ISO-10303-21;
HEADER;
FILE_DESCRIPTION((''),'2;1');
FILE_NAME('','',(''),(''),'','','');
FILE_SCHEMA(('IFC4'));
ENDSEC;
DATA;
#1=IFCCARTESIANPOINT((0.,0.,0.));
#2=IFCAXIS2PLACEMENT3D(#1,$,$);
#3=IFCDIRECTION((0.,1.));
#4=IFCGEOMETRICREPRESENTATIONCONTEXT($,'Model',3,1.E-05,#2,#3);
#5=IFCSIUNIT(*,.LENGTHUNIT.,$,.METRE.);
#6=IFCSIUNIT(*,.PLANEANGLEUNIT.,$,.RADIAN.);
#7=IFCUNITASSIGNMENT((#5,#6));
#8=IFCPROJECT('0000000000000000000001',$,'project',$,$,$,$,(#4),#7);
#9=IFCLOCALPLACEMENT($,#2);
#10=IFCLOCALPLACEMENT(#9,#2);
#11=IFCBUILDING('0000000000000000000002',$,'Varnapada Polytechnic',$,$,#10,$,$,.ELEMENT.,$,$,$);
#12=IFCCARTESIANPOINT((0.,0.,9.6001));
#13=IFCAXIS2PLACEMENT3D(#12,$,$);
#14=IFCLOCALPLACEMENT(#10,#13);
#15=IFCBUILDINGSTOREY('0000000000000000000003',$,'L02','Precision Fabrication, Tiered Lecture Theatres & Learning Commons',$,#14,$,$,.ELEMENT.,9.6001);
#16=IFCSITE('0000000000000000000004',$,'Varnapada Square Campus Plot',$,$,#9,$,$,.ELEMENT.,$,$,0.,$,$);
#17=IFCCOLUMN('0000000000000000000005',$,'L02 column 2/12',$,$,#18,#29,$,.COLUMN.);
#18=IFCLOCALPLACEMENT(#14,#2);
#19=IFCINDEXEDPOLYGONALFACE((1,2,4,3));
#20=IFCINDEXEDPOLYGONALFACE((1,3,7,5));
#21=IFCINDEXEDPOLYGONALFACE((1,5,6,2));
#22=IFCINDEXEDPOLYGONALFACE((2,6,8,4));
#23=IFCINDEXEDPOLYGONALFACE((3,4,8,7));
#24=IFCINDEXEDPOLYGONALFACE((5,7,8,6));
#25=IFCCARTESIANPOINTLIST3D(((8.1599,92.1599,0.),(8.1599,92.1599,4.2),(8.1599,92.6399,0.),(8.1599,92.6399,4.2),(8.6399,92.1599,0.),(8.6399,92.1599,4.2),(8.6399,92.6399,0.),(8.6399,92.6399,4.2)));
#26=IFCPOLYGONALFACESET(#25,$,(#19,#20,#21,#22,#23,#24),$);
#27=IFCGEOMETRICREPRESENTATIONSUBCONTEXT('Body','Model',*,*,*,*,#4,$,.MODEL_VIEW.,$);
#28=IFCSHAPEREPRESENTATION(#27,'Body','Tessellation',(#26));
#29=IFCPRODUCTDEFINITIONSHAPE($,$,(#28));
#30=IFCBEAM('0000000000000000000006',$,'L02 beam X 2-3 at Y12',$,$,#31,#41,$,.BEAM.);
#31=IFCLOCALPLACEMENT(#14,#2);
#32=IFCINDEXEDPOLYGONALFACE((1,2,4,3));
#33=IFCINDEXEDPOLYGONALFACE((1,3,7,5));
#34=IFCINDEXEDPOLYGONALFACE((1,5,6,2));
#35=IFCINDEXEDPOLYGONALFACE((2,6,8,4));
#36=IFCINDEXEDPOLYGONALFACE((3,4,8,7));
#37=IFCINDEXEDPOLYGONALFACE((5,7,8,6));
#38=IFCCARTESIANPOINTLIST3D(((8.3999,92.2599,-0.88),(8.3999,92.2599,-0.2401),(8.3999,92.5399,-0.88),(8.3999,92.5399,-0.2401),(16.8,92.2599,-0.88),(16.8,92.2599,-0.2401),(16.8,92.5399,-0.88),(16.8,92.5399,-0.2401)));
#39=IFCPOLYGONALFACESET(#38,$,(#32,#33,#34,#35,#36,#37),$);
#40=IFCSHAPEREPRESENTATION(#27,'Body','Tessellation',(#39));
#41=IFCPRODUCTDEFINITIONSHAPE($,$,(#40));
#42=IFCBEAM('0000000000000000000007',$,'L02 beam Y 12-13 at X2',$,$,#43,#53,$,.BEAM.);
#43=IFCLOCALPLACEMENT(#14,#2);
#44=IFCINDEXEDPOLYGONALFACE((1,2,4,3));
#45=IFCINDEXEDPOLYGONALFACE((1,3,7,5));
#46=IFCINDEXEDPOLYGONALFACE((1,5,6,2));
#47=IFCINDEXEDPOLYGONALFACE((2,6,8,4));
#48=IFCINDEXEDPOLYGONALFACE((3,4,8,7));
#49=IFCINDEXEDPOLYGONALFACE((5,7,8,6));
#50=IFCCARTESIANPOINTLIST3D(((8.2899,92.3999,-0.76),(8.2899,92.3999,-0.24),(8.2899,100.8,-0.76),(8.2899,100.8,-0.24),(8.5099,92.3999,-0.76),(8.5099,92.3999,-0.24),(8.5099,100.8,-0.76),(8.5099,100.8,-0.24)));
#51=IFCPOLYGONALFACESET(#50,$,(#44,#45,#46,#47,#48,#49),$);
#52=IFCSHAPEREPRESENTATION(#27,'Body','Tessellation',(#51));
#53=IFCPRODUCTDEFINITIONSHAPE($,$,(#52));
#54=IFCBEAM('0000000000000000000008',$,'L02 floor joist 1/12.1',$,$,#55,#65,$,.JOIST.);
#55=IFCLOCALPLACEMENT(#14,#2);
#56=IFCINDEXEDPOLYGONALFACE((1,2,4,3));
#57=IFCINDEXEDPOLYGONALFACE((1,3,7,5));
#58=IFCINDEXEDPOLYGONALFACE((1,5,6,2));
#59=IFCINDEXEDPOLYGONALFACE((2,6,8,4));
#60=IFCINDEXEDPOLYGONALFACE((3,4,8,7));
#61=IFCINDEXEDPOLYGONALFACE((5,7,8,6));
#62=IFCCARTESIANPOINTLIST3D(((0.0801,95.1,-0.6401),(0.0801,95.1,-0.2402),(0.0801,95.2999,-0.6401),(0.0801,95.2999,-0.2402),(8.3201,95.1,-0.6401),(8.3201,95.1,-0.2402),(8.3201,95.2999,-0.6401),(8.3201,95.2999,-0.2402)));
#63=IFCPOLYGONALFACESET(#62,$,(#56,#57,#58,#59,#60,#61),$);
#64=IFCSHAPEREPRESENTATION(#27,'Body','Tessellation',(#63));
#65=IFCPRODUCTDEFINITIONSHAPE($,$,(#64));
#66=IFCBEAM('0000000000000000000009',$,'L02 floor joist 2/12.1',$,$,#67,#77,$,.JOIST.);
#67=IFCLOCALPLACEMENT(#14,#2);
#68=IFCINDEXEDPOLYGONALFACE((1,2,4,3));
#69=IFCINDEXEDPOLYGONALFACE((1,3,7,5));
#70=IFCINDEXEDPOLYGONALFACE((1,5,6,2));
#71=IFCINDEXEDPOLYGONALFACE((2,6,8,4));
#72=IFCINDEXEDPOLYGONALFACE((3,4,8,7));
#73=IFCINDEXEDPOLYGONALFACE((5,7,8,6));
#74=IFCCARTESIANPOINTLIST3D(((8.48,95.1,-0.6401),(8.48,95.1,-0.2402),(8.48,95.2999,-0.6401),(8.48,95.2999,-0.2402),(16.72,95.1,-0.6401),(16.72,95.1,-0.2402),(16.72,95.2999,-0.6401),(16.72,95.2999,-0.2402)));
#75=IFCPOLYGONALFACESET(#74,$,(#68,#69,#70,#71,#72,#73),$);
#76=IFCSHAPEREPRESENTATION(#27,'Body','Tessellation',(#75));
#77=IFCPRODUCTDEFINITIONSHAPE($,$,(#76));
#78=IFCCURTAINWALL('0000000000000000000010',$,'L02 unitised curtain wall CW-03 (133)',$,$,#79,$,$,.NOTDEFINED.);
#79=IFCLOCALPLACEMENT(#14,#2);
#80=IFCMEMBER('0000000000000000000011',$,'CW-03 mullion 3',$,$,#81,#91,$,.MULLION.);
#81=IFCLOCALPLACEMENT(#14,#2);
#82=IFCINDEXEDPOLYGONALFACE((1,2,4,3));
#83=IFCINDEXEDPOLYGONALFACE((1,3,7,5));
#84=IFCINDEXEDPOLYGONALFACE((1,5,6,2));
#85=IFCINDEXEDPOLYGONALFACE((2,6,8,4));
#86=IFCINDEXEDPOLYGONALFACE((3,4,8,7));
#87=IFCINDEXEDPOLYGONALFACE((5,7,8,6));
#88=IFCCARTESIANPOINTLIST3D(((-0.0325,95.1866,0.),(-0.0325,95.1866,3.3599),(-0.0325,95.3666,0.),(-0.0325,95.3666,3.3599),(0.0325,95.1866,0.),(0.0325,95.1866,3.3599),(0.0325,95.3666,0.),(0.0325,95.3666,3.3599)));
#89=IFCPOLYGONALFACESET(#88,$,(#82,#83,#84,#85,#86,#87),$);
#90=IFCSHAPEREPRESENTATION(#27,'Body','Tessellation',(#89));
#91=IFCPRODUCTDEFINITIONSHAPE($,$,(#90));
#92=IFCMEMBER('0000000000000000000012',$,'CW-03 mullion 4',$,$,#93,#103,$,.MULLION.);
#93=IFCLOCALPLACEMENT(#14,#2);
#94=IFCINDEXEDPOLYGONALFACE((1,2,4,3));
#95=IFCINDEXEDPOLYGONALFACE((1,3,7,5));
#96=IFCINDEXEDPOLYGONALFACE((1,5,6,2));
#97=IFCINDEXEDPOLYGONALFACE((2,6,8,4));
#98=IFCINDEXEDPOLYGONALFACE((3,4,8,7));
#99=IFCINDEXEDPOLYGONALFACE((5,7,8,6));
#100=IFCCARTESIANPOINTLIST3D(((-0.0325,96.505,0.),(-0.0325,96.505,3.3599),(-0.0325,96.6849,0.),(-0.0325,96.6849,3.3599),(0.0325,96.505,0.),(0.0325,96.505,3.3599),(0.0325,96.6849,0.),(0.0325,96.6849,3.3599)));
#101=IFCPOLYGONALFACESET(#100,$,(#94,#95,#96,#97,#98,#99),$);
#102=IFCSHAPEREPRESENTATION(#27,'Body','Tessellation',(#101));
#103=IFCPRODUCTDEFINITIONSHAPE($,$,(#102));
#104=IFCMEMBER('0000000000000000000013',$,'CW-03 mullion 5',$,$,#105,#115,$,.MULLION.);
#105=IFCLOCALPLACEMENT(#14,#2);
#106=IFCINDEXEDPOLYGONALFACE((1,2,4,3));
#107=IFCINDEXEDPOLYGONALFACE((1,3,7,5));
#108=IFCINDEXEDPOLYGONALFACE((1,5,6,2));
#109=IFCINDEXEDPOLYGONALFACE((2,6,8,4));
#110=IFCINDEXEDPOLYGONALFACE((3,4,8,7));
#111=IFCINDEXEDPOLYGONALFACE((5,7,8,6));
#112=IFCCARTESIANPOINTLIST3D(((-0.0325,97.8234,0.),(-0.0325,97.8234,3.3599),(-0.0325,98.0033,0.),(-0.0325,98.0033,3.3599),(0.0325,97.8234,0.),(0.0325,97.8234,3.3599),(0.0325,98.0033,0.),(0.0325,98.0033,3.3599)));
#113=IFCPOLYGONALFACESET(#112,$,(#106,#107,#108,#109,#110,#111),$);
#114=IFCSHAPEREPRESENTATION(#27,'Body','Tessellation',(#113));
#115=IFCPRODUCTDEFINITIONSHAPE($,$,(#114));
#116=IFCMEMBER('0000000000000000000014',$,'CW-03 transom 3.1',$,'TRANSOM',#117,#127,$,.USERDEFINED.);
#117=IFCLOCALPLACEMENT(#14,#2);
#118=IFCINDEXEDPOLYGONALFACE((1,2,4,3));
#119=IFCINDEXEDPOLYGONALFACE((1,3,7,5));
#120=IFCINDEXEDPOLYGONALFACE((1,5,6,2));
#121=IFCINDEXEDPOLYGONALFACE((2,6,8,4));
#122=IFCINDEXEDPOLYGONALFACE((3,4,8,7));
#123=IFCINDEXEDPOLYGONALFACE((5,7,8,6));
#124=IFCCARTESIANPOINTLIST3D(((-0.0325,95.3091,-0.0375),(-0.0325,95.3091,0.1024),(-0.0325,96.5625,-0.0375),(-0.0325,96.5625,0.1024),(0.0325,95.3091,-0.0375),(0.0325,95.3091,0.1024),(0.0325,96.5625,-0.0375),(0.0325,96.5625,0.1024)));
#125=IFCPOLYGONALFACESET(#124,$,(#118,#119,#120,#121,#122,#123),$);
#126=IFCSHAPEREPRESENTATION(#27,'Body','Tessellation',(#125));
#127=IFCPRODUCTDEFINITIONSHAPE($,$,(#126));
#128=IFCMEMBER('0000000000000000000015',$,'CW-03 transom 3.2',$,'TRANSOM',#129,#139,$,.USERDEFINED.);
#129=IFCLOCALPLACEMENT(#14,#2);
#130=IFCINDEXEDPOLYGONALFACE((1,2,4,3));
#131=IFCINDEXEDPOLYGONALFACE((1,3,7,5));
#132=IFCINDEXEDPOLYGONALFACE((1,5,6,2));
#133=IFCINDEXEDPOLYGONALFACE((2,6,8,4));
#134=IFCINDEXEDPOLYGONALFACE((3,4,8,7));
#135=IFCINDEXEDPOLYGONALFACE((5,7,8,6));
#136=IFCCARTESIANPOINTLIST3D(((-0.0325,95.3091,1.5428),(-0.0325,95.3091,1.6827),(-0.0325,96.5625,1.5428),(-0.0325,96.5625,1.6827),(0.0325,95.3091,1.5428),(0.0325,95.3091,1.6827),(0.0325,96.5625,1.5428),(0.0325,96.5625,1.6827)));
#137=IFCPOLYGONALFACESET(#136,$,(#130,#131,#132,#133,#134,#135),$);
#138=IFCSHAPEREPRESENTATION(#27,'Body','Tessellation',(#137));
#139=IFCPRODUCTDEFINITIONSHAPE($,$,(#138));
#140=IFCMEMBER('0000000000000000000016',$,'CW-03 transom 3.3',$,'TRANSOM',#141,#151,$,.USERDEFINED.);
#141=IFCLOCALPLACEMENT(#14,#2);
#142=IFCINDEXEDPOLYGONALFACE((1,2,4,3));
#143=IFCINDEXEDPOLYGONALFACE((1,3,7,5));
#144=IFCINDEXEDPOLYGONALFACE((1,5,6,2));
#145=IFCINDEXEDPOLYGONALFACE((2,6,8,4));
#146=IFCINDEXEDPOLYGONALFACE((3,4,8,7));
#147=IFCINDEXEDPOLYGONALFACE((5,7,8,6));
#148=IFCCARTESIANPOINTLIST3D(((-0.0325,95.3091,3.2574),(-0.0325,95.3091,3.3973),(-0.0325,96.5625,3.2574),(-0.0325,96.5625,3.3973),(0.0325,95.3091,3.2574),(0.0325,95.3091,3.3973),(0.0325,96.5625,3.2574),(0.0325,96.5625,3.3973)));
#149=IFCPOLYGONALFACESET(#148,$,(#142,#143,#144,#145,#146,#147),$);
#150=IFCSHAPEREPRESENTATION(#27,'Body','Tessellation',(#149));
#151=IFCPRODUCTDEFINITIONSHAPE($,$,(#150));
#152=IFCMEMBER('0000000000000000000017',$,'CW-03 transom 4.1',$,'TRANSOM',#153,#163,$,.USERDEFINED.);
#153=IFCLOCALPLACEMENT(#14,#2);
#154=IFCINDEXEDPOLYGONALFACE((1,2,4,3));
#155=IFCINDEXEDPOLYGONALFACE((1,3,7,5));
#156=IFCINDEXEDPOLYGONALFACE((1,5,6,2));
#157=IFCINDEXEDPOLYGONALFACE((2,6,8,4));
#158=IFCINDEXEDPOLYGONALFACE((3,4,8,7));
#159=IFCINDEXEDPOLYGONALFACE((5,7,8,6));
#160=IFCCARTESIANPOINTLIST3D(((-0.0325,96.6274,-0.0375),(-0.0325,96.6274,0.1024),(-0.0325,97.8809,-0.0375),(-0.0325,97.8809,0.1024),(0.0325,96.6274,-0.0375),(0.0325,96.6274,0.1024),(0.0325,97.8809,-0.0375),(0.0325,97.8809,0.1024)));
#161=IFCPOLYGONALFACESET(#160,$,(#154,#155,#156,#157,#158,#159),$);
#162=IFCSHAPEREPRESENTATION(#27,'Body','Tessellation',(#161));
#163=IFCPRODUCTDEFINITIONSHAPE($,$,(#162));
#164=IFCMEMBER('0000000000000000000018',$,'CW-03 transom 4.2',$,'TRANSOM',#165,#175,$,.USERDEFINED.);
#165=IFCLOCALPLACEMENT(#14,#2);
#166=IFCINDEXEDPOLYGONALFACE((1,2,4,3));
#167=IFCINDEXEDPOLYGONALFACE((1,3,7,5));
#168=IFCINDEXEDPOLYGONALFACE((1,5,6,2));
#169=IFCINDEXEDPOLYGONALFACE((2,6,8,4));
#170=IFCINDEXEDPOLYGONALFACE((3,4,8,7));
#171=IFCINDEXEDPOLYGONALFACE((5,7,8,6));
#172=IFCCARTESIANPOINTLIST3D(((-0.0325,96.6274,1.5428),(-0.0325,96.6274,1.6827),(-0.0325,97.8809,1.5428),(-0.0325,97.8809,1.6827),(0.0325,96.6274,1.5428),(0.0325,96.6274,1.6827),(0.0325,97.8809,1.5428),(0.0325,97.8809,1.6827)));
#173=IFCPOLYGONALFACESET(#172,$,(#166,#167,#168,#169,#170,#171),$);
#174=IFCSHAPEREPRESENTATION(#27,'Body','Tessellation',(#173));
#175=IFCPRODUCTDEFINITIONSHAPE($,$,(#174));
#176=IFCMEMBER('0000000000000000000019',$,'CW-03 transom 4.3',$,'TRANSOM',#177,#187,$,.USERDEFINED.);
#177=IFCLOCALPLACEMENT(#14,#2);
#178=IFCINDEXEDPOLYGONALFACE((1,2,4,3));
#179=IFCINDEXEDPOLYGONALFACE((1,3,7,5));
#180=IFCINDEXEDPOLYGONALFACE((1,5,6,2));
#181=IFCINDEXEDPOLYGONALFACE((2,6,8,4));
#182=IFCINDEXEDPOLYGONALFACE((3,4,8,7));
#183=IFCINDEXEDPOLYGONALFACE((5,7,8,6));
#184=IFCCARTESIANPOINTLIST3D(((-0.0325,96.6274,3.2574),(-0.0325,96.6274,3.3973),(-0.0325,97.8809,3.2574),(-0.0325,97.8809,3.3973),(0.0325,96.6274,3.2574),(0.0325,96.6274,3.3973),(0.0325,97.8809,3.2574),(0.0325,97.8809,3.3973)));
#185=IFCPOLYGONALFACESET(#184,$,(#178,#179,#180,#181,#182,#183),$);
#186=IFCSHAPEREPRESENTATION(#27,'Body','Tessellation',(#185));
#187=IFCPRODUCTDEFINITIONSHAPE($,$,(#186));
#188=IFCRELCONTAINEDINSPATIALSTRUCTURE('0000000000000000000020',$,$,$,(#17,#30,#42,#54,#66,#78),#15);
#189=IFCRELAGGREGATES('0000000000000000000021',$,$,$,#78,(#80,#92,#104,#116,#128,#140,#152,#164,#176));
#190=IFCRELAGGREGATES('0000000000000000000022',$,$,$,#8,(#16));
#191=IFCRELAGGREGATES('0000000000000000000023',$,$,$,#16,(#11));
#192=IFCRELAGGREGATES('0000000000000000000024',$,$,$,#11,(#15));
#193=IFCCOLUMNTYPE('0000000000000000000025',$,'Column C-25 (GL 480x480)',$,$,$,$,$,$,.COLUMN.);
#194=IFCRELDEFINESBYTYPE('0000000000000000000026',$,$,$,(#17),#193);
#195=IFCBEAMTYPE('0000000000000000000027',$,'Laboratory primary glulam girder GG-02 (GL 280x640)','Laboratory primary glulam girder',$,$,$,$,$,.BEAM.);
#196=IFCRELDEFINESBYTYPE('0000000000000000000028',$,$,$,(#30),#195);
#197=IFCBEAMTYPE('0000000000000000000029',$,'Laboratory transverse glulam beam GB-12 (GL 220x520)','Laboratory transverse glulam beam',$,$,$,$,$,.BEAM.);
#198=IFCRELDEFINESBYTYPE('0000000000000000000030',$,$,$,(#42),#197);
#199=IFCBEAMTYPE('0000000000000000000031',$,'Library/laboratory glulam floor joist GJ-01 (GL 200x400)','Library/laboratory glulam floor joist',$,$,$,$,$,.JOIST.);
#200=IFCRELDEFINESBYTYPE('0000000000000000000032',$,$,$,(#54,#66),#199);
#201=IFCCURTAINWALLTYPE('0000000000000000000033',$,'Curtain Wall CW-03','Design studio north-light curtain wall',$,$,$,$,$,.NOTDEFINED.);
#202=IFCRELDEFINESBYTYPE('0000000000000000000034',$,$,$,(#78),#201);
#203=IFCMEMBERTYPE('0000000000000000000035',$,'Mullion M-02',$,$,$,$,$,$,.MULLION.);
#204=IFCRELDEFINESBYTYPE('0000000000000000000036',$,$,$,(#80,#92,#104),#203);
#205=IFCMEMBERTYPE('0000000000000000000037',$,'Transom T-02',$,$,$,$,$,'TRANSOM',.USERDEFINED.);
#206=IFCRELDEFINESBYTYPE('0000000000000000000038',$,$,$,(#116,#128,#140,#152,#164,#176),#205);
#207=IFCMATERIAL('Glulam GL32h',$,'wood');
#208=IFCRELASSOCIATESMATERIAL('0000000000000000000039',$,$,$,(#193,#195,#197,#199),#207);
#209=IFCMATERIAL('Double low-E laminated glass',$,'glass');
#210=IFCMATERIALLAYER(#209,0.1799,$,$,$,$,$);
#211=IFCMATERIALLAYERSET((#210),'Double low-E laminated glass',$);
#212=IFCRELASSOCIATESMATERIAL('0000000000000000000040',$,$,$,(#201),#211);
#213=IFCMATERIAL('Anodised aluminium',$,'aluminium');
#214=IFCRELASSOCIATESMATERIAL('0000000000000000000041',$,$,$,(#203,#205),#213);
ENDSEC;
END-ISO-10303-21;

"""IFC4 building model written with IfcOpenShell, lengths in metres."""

from ifc_helpers import new_model, si_unit, direction, frame, origin, origin_2d, place, context, subcontext, project, spatial, rectangle, extrude, material, layer, layer_set, material_profile, profile_set, type_object, element, aggregate, save


model = new_model("IFC4")

# Units and contexts
model_context = context("Model", 3, precision=1e-05, world=origin(), true_north=direction((0.0, 1.0)))
body_context = subcontext(model_context, "Body", "Model", "MODEL_VIEW")
ifc_project = project(units=[si_unit("LENGTHUNIT", "METRE"), si_unit("PLANEANGLEUNIT", "RADIAN")], contexts=[model_context])

# Site, building, storey
site_placement = place(None, origin())
site = spatial("IfcSite", under=ifc_project, at=site_placement, Name="Varnapada Square Campus Plot", CompositionType="ELEMENT", RefElevation=0.0)
building_placement = place(site_placement, origin())
building = spatial("IfcBuilding", under=site, at=building_placement, Name="Varnapada Polytechnic", CompositionType="ELEMENT")
storey_placement = place(building_placement, frame((0.0, 0.0, 9.6001)))
storey = spatial("IfcBuildingStorey", under=building, at=storey_placement, Name="L02", Description="Precision Fabrication, Tiered Lecture Theatres & Learning Commons", CompositionType="ELEMENT", Elevation=9.6001)

# Column
ifc_material_1 = material(Name="Glulam GL32h", Category="wood")
ifc_material_profile_1 = material_profile(ifc_material_1, rectangle(XDim=0.48, YDim=0.48, at=origin_2d()), Name="GL 480x480")
ifc_profile_set_1 = profile_set([ifc_material_profile_1], Name="Glulam GL32h")
column_type = type_object("IfcColumnType", Name="Column C-25 (GL 480x480)", PredefinedType="COLUMN", material=ifc_profile_set_1)
column_placement = place(storey_placement, frame((8.3999, 92.3999, 0.0), z_axis=(0.0, 0.0, 1.0), x_axis=(1.0, 0.0, 0.0)))
element("IfcColumn", 1, at=column_placement, inside=storey, type_object=column_type, Name="L02 column 2/12", PredefinedType="COLUMN", context=body_context, shape_type="SweptSolid", body=[
    extrude(rectangle(XDim=0.48, YDim=0.48, at=origin_2d()), origin(), (0.0, 0.0, 1.0), 4.2),
])

# Beams
ifc_material_profile_2 = material_profile(ifc_material_1, rectangle(XDim=0.28, YDim=0.6399, at=origin_2d()), Name="GL 280x640")
ifc_profile_set_2 = profile_set([ifc_material_profile_2], Name="Glulam GL32h")
beam_type_1 = type_object("IfcBeamType", Name="Laboratory primary glulam girder GG-02 (GL 280x640)", Description="Laboratory primary glulam girder", PredefinedType="BEAM", material=ifc_profile_set_2)
beam_1_placement = place(storey_placement, frame((8.3999, 92.3999, -0.5601), z_axis=(1.0, 0.0, 0.0), x_axis=(0.0, 1.0, 0.0)))
element("IfcBeam", 2, at=beam_1_placement, inside=storey, type_object=beam_type_1, Name="L02 beam X 2-3 at Y12", PredefinedType="BEAM", context=body_context, shape_type="SweptSolid", body=[
    extrude(rectangle(XDim=0.28, YDim=0.6399, at=origin_2d()), origin(), (0.0, 0.0, 1.0), 8.4001),
])
ifc_material_profile_3 = material_profile(ifc_material_1, rectangle(XDim=0.22, YDim=0.52, at=origin_2d()), Name="GL 220x520")
ifc_profile_set_3 = profile_set([ifc_material_profile_3], Name="Glulam GL32h")
beam_type_2 = type_object("IfcBeamType", Name="Laboratory transverse glulam beam GB-12 (GL 220x520)", Description="Laboratory transverse glulam beam", PredefinedType="BEAM", material=ifc_profile_set_3)
beam_2_placement = place(storey_placement, frame((8.3999, 92.3999, -0.5), z_axis=(0.0, 1.0, 0.0), x_axis=(-1.0, 0.0, 0.0)))
element("IfcBeam", 3, at=beam_2_placement, inside=storey, type_object=beam_type_2, Name="L02 beam Y 12-13 at X2", PredefinedType="BEAM", context=body_context, shape_type="SweptSolid", body=[
    extrude(rectangle(XDim=0.22, YDim=0.52, at=origin_2d()), origin(), (0.0, 0.0, 1.0), 8.4001),
])
ifc_material_profile_4 = material_profile(ifc_material_1, rectangle(XDim=0.2, YDim=0.3999, at=origin_2d()), Name="GL 200x400")
ifc_profile_set_4 = profile_set([ifc_material_profile_4], Name="Glulam GL32h")
beam_type_3 = type_object("IfcBeamType", Name="Library/laboratory glulam floor joist GJ-01 (GL 200x400)", Description="Library/laboratory glulam floor joist", PredefinedType="JOIST", material=ifc_profile_set_4)
for number, where, z_axis, x_axis, name in (
    (4, (0.0801, 95.2, -0.4402), (1.0, 0.0, 0.0), (0.0, 1.0, 0.0), "L02 floor joist 1/12.1"),
    (5, (8.48, 95.2, -0.4402), (1.0, 0.0, 0.0), (0.0, 1.0, 0.0), "L02 floor joist 2/12.1"),
):
    element("IfcBeam", number, at=place(storey_placement, frame(where, z_axis=z_axis, x_axis=x_axis)), inside=storey, type_object=beam_type_3, Name=name, PredefinedType="JOIST", context=body_context, shape_type="SweptSolid", body=[
        extrude(rectangle(XDim=0.2, YDim=0.3999, at=origin_2d()), origin(), (0.0, 0.0, 1.0), 8.24),
    ])

# Curtain wall, members
ifc_material_2 = material(Name="Double low-E laminated glass", Category="glass")
ifc_layer_1 = layer(ifc_material_2, 0.1799)
ifc_layer_set_1 = layer_set([ifc_layer_1], Name="Double low-E laminated glass")
curtain_wall_type = type_object("IfcCurtainWallType", Name="Curtain Wall CW-03", Description="Design studio north-light curtain wall", PredefinedType="NOTDEFINED", material=ifc_layer_set_1)
curtain_wall_placement = place(storey_placement, origin())
curtain_wall = element("IfcCurtainWall", 6, at=curtain_wall_placement, inside=storey, type_object=curtain_wall_type, Name="L02 unitised curtain wall CW-03 (133)", PredefinedType="NOTDEFINED")
ifc_material_3 = material(Name="Anodised aluminium", Category="aluminium")
ifc_material_profile_5 = material_profile(ifc_material_3, rectangle(XDim=0.0649, YDim=0.1799, at=origin_2d()), Name="ALU M65x180")
ifc_profile_set_5 = profile_set([ifc_material_profile_5], Name="Anodised aluminium")
member_type_1 = type_object("IfcMemberType", Name="Mullion M-02", PredefinedType="MULLION", material=ifc_profile_set_5)
member_1_placement = place(storey_placement, frame((0.0, 95.2766, 0.0), z_axis=(0.0, 0.0, 1.0), x_axis=(-1.0, 0.0, 0.0)))
member_1 = element("IfcMember", 7, at=member_1_placement, type_object=member_type_1, Name="CW-03 mullion 3", PredefinedType="MULLION", context=body_context, shape_type="SweptSolid", body=[
    extrude(rectangle(XDim=0.0649, YDim=0.1799, at=origin_2d()), origin(), (0.0, 0.0, 1.0), 3.3599),
])
member_2_placement = place(storey_placement, frame((0.0, 96.595, 0.0), z_axis=(0.0, 0.0, 1.0), x_axis=(-1.0, 0.0, 0.0)))
member_2 = element("IfcMember", 8, at=member_2_placement, type_object=member_type_1, Name="CW-03 mullion 4", PredefinedType="MULLION", context=body_context, shape_type="SweptSolid", body=[
    extrude(rectangle(XDim=0.0649, YDim=0.1799, at=origin_2d()), origin(), (0.0, 0.0, 1.0), 3.3599),
])
member_3_placement = place(storey_placement, frame((0.0, 97.9133, 0.0), z_axis=(0.0, 0.0, 1.0), x_axis=(-1.0, 0.0, 0.0)))
member_3 = element("IfcMember", 9, at=member_3_placement, type_object=member_type_1, Name="CW-03 mullion 5", PredefinedType="MULLION", context=body_context, shape_type="SweptSolid", body=[
    extrude(rectangle(XDim=0.0649, YDim=0.1799, at=origin_2d()), origin(), (0.0, 0.0, 1.0), 3.3599),
])
ifc_material_profile_6 = material_profile(ifc_material_3, rectangle(XDim=0.0649, YDim=0.1399, at=origin_2d()), Name="ALU T65x140")
ifc_profile_set_6 = profile_set([ifc_material_profile_6], Name="Anodised aluminium")
member_type_2 = type_object("IfcMemberType", Name="Transom T-02", ElementType="TRANSOM", PredefinedType="USERDEFINED", material=ifc_profile_set_6)
member_4_placement = place(storey_placement, frame((0.0, 95.3091, 0.0325), z_axis=(0.0, 1.0, 0.0), x_axis=(-1.0, 0.0, 0.0)))
member_4 = element("IfcMember", 10, at=member_4_placement, type_object=member_type_2, Name="CW-03 transom 3.1", ObjectType="TRANSOM", PredefinedType="USERDEFINED", context=body_context, shape_type="SweptSolid", body=[
    extrude(rectangle(XDim=0.0649, YDim=0.1399, at=origin_2d()), origin(), (0.0, 0.0, 1.0), 1.2534),
])
member_5_placement = place(storey_placement, frame((0.0, 95.3091, 1.6128), z_axis=(0.0, 1.0, 0.0), x_axis=(-1.0, 0.0, 0.0)))
member_5 = element("IfcMember", 11, at=member_5_placement, type_object=member_type_2, Name="CW-03 transom 3.2", ObjectType="TRANSOM", PredefinedType="USERDEFINED", context=body_context, shape_type="SweptSolid", body=[
    extrude(rectangle(XDim=0.0649, YDim=0.1399, at=origin_2d()), origin(), (0.0, 0.0, 1.0), 1.2534),
])
member_6_placement = place(storey_placement, frame((0.0, 95.3091, 3.3274), z_axis=(0.0, 1.0, 0.0), x_axis=(-1.0, 0.0, 0.0)))
member_6 = element("IfcMember", 12, at=member_6_placement, type_object=member_type_2, Name="CW-03 transom 3.3", ObjectType="TRANSOM", PredefinedType="USERDEFINED", context=body_context, shape_type="SweptSolid", body=[
    extrude(rectangle(XDim=0.0649, YDim=0.1399, at=origin_2d()), origin(), (0.0, 0.0, 1.0), 1.2534),
])
member_7_placement = place(storey_placement, frame((0.0, 96.6274, 0.0325), z_axis=(0.0, 1.0, 0.0), x_axis=(-1.0, 0.0, 0.0)))
member_7 = element("IfcMember", 13, at=member_7_placement, type_object=member_type_2, Name="CW-03 transom 4.1", ObjectType="TRANSOM", PredefinedType="USERDEFINED", context=body_context, shape_type="SweptSolid", body=[
    extrude(rectangle(XDim=0.0649, YDim=0.1399, at=origin_2d()), origin(), (0.0, 0.0, 1.0), 1.2534),
])
member_8_placement = place(storey_placement, frame((0.0, 96.6274, 1.6128), z_axis=(0.0, 1.0, 0.0), x_axis=(-1.0, 0.0, 0.0)))
member_8 = element("IfcMember", 14, at=member_8_placement, type_object=member_type_2, Name="CW-03 transom 4.2", ObjectType="TRANSOM", PredefinedType="USERDEFINED", context=body_context, shape_type="SweptSolid", body=[
    extrude(rectangle(XDim=0.0649, YDim=0.1399, at=origin_2d()), origin(), (0.0, 0.0, 1.0), 1.2534),
])
member_9_placement = place(storey_placement, frame((0.0, 96.6274, 3.3274), z_axis=(0.0, 1.0, 0.0), x_axis=(-1.0, 0.0, 0.0)))
member_9 = element("IfcMember", 15, at=member_9_placement, type_object=member_type_2, Name="CW-03 transom 4.3", ObjectType="TRANSOM", PredefinedType="USERDEFINED", context=body_context, shape_type="SweptSolid", body=[
    extrude(rectangle(XDim=0.0649, YDim=0.1399, at=origin_2d()), origin(), (0.0, 0.0, 1.0), 1.2534),
])
aggregate(curtain_wall, [member_1, member_2, member_3, member_4, member_5, member_6, member_7, member_8, member_9])

save(model, "model.ifc")
